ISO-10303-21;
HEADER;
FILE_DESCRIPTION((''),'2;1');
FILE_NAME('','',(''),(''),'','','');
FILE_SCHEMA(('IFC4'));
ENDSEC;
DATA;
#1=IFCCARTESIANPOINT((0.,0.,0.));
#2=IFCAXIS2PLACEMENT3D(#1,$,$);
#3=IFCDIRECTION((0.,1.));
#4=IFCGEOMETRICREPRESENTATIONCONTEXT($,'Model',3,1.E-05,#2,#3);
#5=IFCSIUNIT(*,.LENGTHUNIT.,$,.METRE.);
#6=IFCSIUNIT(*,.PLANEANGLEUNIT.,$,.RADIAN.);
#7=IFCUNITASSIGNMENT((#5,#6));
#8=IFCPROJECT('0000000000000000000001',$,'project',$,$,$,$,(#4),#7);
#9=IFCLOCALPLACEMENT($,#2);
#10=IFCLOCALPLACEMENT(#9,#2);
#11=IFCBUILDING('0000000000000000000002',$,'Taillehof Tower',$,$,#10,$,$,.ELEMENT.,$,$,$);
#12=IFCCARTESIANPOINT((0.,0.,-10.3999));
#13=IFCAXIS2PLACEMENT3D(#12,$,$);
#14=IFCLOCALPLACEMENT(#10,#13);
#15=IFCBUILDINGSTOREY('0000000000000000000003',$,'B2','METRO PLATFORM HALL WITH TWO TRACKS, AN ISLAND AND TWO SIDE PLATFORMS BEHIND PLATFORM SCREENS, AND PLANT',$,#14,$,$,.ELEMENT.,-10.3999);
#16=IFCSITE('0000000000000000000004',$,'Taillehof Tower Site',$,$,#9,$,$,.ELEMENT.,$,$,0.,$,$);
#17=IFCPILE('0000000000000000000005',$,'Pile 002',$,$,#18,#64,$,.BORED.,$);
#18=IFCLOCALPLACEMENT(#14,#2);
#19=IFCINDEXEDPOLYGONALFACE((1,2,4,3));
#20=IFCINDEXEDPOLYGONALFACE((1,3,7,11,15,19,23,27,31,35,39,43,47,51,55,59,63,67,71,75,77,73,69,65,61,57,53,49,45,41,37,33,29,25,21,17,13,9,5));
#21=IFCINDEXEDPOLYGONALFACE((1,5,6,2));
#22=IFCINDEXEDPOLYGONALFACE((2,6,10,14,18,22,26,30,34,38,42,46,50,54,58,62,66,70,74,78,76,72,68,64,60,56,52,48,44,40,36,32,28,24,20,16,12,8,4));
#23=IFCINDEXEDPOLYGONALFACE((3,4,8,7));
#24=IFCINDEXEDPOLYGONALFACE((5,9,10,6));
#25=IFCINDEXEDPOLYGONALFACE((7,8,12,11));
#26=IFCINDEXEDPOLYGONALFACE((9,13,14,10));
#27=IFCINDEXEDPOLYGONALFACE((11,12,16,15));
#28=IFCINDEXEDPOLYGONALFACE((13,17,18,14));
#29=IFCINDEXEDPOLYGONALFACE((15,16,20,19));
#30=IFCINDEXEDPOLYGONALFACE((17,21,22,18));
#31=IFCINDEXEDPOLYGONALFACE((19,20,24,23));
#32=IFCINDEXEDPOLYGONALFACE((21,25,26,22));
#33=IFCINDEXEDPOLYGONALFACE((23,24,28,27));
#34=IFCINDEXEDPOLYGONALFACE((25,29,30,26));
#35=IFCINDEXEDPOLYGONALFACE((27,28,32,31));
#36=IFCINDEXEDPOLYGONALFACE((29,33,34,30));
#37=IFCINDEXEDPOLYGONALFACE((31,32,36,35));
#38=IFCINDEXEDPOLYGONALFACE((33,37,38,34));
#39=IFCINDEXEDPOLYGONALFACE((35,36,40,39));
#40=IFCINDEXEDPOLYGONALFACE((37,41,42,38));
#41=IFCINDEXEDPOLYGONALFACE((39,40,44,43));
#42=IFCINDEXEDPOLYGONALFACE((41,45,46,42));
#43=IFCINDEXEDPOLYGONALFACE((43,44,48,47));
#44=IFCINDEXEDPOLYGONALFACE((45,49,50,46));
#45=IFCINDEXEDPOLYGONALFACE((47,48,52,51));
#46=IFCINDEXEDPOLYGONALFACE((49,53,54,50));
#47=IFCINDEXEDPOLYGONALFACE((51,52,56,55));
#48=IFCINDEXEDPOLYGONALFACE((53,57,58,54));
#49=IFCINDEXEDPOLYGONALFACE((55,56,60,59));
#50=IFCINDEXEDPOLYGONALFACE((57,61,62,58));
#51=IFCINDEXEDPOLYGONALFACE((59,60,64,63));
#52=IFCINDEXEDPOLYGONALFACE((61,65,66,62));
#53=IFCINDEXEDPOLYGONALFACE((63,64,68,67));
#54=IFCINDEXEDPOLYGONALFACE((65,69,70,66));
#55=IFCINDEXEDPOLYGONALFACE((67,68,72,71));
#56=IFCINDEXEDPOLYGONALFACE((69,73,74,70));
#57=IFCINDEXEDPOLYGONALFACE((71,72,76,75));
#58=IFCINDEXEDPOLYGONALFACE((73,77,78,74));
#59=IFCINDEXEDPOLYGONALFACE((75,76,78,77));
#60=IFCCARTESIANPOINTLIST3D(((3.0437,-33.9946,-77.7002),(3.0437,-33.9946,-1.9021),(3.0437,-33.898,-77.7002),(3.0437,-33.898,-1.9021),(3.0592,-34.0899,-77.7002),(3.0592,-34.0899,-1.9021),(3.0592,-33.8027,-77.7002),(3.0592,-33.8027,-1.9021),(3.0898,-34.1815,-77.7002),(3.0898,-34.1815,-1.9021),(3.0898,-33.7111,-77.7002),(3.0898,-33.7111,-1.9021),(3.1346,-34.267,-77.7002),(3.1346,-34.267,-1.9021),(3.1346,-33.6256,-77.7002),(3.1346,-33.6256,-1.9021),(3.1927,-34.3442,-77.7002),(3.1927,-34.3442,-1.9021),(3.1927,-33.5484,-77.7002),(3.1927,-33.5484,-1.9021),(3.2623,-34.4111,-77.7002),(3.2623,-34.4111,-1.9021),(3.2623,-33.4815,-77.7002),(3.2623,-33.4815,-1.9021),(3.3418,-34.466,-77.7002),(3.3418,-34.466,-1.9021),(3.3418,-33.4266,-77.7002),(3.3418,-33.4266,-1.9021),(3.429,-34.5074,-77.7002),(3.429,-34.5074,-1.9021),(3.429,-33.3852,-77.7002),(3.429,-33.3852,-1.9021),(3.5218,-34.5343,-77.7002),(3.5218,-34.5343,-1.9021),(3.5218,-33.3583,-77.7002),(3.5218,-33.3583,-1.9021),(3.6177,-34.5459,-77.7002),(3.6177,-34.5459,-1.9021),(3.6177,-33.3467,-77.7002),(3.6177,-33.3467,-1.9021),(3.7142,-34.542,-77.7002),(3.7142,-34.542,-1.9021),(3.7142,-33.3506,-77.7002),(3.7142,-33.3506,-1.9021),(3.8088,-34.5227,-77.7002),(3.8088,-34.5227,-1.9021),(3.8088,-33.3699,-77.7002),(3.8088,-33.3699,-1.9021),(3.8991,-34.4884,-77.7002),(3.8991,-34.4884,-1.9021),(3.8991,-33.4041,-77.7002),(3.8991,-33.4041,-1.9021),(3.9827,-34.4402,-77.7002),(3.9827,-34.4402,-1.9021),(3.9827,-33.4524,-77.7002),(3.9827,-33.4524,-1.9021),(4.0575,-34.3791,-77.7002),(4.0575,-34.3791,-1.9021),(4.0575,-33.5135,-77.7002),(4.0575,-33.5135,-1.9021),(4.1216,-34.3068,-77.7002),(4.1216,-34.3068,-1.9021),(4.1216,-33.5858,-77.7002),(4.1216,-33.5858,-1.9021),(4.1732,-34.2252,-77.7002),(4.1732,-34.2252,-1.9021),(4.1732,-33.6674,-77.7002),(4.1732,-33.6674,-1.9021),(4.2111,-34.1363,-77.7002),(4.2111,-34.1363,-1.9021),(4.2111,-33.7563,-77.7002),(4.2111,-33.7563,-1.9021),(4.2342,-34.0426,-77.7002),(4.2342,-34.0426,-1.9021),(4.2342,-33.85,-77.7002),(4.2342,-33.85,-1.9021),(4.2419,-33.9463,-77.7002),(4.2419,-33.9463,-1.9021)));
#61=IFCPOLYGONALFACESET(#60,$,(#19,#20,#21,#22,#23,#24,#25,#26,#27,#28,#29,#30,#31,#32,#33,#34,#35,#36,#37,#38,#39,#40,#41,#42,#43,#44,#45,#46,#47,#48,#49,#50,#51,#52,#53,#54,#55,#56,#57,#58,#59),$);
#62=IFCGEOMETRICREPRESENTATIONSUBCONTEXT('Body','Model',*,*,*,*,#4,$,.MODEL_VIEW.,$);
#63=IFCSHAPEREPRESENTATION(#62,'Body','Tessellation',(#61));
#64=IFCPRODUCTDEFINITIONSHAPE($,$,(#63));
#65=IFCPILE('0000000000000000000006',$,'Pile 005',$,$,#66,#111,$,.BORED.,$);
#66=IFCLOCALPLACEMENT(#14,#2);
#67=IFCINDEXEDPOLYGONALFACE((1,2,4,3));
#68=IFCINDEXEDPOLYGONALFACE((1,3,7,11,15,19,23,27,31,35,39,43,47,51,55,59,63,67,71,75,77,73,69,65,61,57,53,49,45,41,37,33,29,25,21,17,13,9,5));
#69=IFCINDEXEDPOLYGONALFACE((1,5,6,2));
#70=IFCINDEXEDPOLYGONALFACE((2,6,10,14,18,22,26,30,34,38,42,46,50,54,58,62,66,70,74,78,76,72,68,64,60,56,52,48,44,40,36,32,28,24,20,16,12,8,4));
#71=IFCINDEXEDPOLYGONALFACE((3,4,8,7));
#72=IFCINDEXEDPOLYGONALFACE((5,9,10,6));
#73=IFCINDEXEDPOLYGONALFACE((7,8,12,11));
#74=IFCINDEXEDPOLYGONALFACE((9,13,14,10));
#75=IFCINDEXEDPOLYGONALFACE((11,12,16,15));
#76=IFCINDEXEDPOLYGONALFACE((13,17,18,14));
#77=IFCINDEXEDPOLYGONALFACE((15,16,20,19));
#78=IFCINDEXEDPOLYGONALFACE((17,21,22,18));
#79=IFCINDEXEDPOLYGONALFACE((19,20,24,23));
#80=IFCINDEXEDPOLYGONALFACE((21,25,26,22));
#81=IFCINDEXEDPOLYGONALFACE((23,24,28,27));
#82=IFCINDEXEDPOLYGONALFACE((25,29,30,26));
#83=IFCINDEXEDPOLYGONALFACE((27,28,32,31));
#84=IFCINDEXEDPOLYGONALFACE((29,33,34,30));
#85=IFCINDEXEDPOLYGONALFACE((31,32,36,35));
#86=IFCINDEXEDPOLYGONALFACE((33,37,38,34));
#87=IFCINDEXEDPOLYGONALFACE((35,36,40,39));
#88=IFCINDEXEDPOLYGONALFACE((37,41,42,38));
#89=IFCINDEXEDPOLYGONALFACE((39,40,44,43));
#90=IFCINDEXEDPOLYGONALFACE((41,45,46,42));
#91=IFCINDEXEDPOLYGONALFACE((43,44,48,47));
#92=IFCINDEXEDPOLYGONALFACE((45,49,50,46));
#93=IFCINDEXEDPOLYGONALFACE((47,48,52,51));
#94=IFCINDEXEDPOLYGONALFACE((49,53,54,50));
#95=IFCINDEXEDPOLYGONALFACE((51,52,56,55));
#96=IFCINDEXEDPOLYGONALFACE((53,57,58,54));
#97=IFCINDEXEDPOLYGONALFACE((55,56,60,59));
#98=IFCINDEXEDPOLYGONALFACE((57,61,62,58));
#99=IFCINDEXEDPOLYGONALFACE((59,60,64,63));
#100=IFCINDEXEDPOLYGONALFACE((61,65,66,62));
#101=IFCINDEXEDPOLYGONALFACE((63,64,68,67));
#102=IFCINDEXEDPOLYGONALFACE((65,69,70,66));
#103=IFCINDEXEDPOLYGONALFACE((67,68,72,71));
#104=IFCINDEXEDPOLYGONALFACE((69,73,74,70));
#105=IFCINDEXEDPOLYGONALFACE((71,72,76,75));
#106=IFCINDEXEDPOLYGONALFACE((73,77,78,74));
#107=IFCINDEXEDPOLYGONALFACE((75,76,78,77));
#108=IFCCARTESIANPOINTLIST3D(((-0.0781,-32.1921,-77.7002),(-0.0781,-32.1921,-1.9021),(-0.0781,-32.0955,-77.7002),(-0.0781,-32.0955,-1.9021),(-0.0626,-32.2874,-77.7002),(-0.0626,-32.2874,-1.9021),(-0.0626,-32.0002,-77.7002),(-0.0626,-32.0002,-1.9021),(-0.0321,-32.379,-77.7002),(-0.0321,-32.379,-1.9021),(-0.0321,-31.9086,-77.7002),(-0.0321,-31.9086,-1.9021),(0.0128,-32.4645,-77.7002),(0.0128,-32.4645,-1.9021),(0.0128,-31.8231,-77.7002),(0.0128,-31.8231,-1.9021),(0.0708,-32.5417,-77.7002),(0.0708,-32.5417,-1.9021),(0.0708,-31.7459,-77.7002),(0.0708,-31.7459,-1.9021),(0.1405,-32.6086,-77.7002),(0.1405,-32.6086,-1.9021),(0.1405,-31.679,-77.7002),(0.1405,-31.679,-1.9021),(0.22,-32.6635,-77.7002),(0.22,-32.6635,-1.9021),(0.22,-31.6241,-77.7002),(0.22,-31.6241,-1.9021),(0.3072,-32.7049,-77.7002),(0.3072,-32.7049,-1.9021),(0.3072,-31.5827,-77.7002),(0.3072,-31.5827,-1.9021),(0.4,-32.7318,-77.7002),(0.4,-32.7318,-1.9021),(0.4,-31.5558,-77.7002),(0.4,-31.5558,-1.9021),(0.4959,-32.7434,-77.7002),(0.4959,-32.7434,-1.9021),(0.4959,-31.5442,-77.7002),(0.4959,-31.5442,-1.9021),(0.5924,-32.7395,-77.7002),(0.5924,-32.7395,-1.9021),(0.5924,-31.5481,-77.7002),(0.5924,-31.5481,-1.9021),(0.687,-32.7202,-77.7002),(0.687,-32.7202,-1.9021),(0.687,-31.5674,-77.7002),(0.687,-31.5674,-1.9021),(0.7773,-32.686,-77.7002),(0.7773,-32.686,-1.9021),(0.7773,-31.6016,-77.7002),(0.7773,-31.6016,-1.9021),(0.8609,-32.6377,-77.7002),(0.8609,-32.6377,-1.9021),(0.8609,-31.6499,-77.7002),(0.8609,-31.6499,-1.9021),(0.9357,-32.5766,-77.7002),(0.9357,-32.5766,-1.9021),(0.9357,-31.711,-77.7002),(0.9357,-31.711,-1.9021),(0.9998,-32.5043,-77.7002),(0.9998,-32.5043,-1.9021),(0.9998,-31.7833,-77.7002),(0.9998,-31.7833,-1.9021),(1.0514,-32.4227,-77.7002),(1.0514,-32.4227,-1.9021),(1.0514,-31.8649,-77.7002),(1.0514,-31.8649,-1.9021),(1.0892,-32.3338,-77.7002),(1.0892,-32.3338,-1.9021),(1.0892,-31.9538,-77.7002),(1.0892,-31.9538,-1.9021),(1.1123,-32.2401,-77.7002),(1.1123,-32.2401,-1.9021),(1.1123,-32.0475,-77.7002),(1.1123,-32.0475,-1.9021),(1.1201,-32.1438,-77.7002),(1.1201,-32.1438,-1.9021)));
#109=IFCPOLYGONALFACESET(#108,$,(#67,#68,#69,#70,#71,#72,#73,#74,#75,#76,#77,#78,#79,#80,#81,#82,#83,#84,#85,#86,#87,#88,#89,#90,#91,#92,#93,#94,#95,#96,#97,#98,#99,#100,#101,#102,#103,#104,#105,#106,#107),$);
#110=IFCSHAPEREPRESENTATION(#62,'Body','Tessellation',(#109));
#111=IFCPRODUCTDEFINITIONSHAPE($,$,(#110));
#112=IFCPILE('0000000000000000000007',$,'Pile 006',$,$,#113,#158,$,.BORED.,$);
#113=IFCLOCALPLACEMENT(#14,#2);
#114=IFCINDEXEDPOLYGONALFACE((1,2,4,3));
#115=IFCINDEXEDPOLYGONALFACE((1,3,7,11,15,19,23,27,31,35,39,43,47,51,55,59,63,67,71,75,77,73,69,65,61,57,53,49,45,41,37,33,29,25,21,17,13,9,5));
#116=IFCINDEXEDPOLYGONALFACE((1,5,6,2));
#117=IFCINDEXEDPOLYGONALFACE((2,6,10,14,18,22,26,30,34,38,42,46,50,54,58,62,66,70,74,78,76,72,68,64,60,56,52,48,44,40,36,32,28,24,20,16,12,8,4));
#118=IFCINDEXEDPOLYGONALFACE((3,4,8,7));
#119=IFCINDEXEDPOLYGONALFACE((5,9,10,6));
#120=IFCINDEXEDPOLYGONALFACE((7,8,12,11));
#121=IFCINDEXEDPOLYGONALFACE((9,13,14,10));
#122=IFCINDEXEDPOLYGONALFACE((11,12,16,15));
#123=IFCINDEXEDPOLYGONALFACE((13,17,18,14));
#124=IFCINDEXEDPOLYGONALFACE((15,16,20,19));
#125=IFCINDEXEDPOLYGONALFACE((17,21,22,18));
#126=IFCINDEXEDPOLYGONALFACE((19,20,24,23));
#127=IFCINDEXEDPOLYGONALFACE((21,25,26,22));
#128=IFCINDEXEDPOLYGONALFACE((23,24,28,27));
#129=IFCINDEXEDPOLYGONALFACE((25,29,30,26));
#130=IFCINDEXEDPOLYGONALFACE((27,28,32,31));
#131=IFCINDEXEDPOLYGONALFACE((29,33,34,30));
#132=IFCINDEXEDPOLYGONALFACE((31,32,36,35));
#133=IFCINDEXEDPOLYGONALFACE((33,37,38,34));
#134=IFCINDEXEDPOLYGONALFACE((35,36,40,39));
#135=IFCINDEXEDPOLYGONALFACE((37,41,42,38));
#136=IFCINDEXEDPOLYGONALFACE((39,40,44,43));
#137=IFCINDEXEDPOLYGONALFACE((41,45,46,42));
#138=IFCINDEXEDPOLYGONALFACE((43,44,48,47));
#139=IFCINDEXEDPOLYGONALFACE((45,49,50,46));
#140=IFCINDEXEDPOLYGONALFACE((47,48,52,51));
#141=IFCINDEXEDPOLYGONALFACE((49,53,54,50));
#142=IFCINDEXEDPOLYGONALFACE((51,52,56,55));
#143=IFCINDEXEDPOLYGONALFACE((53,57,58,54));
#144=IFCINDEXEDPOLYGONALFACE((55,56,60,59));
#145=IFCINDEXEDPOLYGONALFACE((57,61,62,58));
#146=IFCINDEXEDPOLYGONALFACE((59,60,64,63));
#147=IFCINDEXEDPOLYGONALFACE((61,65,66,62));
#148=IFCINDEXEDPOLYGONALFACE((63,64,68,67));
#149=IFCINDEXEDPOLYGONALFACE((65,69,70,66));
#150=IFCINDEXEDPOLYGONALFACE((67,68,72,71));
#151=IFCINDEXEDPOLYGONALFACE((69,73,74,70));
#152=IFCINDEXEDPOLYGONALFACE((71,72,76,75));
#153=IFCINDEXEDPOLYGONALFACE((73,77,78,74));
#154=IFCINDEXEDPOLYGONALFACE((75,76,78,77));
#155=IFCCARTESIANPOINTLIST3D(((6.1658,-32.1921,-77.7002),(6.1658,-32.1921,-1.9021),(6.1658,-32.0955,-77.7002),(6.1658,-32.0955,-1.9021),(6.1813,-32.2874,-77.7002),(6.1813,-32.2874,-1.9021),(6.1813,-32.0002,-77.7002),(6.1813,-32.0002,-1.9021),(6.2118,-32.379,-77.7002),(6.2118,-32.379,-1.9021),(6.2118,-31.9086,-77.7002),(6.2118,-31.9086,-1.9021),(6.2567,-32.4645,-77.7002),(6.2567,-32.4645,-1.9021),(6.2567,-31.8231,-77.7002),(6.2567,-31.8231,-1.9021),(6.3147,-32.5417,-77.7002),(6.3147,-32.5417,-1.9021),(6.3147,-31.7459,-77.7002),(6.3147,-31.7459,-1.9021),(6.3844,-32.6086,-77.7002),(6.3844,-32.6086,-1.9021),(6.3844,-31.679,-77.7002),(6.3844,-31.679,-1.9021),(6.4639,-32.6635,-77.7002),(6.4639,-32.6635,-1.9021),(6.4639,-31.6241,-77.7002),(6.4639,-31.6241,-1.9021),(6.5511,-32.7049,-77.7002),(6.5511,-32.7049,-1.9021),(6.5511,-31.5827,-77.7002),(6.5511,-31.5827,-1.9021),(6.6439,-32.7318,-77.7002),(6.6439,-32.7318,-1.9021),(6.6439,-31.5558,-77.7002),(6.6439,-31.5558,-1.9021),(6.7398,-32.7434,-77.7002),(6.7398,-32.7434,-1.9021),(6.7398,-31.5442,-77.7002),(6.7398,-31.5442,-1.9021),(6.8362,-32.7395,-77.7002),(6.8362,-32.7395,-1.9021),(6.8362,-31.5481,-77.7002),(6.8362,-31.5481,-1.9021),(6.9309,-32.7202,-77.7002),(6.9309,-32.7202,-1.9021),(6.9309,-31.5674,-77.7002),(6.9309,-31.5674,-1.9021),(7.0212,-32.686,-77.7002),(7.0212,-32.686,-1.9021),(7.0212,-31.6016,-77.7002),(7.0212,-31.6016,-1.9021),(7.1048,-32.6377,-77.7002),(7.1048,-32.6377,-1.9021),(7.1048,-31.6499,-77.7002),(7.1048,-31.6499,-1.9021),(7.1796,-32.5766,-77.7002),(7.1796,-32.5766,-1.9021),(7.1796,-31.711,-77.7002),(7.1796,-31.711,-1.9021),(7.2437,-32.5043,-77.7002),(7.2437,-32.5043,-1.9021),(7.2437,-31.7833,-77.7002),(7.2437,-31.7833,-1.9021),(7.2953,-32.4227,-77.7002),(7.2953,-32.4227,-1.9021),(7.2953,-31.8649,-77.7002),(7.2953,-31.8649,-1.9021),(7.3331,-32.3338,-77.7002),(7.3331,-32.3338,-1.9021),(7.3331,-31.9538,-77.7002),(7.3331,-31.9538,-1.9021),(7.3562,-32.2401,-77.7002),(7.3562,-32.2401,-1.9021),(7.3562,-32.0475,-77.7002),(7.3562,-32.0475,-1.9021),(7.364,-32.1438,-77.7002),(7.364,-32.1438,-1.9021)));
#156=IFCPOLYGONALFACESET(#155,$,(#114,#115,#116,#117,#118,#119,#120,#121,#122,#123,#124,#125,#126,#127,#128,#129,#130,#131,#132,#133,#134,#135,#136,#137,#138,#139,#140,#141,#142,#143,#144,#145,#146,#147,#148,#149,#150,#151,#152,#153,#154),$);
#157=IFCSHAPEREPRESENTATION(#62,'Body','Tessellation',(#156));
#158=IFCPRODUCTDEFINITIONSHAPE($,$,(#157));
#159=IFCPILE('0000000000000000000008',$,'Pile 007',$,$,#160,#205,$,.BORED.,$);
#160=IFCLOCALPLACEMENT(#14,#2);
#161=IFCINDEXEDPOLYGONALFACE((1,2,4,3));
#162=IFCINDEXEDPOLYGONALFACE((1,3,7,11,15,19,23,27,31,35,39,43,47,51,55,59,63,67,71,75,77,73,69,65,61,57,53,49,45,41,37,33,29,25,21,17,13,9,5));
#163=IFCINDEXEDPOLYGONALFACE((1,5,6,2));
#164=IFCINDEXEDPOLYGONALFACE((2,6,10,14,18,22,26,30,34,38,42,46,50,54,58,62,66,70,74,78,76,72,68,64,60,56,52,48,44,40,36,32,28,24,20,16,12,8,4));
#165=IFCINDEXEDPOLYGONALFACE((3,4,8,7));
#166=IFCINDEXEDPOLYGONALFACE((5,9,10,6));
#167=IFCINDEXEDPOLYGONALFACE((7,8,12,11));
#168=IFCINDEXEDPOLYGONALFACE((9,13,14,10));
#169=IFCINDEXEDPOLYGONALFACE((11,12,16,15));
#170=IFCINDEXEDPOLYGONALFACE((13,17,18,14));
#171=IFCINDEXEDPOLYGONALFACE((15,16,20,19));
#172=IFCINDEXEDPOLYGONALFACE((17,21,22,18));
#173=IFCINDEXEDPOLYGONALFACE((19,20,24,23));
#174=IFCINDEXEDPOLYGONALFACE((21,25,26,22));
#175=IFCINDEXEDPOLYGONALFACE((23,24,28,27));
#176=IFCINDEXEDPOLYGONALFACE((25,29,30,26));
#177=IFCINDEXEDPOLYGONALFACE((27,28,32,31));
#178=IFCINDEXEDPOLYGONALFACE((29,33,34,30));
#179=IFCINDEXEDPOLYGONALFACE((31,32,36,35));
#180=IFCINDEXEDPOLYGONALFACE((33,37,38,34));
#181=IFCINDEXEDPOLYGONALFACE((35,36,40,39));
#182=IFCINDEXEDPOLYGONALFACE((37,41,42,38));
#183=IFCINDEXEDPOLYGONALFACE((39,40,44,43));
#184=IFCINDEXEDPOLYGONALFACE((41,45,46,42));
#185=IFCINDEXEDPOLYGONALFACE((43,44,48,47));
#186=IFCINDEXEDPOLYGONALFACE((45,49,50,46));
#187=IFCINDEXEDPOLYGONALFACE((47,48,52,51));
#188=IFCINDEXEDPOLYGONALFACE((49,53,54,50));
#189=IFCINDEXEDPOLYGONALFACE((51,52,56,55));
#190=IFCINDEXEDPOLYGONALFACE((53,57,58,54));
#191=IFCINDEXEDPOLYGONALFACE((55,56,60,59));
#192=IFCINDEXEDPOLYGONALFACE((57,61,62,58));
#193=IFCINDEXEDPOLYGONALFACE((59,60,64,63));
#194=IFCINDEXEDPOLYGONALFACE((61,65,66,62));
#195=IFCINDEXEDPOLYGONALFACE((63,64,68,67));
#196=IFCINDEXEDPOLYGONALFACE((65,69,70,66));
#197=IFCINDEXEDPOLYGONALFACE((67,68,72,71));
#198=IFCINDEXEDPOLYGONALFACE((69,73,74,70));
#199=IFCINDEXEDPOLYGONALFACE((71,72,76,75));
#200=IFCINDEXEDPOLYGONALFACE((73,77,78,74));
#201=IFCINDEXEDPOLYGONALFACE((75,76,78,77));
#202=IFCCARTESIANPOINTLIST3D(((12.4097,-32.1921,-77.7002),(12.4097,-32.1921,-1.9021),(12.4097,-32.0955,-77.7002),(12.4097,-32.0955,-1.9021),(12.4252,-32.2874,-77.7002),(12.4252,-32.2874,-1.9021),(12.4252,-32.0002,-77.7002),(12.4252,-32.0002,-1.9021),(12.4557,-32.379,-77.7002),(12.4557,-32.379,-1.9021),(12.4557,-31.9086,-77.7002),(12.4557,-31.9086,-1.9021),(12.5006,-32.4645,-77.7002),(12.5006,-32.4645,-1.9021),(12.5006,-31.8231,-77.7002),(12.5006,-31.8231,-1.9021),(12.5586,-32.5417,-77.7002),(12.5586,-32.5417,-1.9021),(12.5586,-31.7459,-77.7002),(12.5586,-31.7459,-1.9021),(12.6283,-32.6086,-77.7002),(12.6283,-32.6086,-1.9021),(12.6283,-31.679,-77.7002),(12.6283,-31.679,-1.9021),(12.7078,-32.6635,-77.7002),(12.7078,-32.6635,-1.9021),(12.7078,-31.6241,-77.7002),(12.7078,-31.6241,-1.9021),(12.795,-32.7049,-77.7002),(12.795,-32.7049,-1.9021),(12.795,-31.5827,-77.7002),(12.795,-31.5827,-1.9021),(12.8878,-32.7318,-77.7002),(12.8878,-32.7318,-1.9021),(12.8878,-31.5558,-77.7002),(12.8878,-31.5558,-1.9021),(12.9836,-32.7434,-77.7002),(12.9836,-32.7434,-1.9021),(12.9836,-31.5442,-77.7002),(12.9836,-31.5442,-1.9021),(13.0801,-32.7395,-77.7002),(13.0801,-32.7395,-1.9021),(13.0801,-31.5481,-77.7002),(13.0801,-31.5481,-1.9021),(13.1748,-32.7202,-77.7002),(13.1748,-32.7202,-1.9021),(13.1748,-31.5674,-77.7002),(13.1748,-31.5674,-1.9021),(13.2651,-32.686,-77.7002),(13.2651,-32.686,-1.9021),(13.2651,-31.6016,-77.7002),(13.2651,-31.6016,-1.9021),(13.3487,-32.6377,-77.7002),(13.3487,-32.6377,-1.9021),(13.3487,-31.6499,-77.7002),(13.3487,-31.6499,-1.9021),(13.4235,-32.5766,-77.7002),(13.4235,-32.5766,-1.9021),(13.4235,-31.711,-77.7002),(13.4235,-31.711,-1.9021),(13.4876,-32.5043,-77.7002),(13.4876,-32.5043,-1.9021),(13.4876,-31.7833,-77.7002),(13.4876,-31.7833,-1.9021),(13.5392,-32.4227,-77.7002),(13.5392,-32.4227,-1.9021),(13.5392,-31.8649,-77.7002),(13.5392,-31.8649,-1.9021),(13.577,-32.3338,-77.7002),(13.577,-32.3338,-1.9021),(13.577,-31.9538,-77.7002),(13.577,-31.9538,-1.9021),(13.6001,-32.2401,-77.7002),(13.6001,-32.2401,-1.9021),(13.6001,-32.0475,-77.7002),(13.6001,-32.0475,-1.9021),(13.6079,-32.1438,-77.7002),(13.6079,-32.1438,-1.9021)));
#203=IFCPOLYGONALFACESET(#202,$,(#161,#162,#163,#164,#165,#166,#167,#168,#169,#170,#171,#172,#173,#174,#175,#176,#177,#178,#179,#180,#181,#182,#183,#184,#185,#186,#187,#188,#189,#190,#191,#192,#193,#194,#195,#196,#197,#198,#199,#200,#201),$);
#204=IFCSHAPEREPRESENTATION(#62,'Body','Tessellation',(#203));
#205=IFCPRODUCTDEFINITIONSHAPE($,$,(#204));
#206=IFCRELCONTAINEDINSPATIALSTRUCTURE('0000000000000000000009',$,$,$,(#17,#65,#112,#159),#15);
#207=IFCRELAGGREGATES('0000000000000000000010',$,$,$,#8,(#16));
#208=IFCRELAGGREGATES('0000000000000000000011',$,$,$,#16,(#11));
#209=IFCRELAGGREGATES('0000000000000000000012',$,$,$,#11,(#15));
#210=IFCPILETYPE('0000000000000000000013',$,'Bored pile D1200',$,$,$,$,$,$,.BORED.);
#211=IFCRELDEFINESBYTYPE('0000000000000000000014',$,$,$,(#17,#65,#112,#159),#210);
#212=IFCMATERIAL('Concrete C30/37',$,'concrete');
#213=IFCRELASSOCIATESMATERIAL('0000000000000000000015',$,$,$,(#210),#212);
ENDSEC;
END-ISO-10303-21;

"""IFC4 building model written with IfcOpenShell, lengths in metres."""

from ifc_helpers import new_model, si_unit, direction, frame, origin, origin_2d, place, context, subcontext, project, spatial, circle, extrude, material, material_profile, profile_set, type_object, element, save


model = new_model("IFC4")

# Units and contexts
model_context = context("Model", 3, precision=1e-05, world=origin(), true_north=direction((0.0, 1.0)))
body_context = subcontext(model_context, "Body", "Model", "MODEL_VIEW")
ifc_project = project(units=[si_unit("LENGTHUNIT", "METRE"), si_unit("PLANEANGLEUNIT", "RADIAN")], contexts=[model_context])

# Site, building, storey
site_placement = place(None, origin())
site = spatial("IfcSite", under=ifc_project, at=site_placement, Name="Taillehof Tower Site", CompositionType="ELEMENT", RefElevation=0.0)
building_placement = place(site_placement, origin())
building = spatial("IfcBuilding", under=site, at=building_placement, Name="Taillehof Tower", CompositionType="ELEMENT")
storey_placement = place(building_placement, frame((0.0, 0.0, -10.3999)))
storey = spatial("IfcBuildingStorey", under=building, at=storey_placement, Name="B2", Description="METRO PLATFORM HALL WITH TWO TRACKS, AN ISLAND AND TWO SIDE PLATFORMS BEHIND PLATFORM SCREENS, AND PLANT", CompositionType="ELEMENT", Elevation=-10.3999)

# Piles
ifc_material_1 = material(Name="Concrete C30/37", Category="concrete")
ifc_material_profile_1 = material_profile(ifc_material_1, circle(Radius=0.6001, at=origin_2d()), Name="BP D1200")
ifc_profile_set_1 = profile_set([ifc_material_profile_1], Name="Concrete C30/37")
pile_type = type_object("IfcPileType", Name="Bored pile D1200", PredefinedType="BORED", material=ifc_profile_set_1)
for number, where, z_axis, x_axis, name in (
    (1, (3.6418, -33.9463, -1.9021), (0.0, 0.0, -1.0), (1.0, 0.0, 0.0), "Pile 002"),
    (2, (0.52, -32.1438, -1.9021), (0.0, 0.0, -1.0), (1.0, 0.0, 0.0), "Pile 005"),
    (3, (6.7639, -32.1438, -1.9021), (0.0, 0.0, -1.0), (1.0, 0.0, 0.0), "Pile 006"),
    (4, (13.0078, -32.1438, -1.9021), (0.0, 0.0, -1.0), (1.0, 0.0, 0.0), "Pile 007"),
):
    element("IfcPile", number, at=place(storey_placement, frame(where, z_axis=z_axis, x_axis=x_axis)), inside=storey, type_object=pile_type, Name=name, PredefinedType="BORED", context=body_context, shape_type="SweptSolid", body=[
        extrude(circle(Radius=0.6001, at=origin_2d()), origin(), (0.0, 0.0, 1.0), 75.7981),
    ])

save(model, "model.ifc")
